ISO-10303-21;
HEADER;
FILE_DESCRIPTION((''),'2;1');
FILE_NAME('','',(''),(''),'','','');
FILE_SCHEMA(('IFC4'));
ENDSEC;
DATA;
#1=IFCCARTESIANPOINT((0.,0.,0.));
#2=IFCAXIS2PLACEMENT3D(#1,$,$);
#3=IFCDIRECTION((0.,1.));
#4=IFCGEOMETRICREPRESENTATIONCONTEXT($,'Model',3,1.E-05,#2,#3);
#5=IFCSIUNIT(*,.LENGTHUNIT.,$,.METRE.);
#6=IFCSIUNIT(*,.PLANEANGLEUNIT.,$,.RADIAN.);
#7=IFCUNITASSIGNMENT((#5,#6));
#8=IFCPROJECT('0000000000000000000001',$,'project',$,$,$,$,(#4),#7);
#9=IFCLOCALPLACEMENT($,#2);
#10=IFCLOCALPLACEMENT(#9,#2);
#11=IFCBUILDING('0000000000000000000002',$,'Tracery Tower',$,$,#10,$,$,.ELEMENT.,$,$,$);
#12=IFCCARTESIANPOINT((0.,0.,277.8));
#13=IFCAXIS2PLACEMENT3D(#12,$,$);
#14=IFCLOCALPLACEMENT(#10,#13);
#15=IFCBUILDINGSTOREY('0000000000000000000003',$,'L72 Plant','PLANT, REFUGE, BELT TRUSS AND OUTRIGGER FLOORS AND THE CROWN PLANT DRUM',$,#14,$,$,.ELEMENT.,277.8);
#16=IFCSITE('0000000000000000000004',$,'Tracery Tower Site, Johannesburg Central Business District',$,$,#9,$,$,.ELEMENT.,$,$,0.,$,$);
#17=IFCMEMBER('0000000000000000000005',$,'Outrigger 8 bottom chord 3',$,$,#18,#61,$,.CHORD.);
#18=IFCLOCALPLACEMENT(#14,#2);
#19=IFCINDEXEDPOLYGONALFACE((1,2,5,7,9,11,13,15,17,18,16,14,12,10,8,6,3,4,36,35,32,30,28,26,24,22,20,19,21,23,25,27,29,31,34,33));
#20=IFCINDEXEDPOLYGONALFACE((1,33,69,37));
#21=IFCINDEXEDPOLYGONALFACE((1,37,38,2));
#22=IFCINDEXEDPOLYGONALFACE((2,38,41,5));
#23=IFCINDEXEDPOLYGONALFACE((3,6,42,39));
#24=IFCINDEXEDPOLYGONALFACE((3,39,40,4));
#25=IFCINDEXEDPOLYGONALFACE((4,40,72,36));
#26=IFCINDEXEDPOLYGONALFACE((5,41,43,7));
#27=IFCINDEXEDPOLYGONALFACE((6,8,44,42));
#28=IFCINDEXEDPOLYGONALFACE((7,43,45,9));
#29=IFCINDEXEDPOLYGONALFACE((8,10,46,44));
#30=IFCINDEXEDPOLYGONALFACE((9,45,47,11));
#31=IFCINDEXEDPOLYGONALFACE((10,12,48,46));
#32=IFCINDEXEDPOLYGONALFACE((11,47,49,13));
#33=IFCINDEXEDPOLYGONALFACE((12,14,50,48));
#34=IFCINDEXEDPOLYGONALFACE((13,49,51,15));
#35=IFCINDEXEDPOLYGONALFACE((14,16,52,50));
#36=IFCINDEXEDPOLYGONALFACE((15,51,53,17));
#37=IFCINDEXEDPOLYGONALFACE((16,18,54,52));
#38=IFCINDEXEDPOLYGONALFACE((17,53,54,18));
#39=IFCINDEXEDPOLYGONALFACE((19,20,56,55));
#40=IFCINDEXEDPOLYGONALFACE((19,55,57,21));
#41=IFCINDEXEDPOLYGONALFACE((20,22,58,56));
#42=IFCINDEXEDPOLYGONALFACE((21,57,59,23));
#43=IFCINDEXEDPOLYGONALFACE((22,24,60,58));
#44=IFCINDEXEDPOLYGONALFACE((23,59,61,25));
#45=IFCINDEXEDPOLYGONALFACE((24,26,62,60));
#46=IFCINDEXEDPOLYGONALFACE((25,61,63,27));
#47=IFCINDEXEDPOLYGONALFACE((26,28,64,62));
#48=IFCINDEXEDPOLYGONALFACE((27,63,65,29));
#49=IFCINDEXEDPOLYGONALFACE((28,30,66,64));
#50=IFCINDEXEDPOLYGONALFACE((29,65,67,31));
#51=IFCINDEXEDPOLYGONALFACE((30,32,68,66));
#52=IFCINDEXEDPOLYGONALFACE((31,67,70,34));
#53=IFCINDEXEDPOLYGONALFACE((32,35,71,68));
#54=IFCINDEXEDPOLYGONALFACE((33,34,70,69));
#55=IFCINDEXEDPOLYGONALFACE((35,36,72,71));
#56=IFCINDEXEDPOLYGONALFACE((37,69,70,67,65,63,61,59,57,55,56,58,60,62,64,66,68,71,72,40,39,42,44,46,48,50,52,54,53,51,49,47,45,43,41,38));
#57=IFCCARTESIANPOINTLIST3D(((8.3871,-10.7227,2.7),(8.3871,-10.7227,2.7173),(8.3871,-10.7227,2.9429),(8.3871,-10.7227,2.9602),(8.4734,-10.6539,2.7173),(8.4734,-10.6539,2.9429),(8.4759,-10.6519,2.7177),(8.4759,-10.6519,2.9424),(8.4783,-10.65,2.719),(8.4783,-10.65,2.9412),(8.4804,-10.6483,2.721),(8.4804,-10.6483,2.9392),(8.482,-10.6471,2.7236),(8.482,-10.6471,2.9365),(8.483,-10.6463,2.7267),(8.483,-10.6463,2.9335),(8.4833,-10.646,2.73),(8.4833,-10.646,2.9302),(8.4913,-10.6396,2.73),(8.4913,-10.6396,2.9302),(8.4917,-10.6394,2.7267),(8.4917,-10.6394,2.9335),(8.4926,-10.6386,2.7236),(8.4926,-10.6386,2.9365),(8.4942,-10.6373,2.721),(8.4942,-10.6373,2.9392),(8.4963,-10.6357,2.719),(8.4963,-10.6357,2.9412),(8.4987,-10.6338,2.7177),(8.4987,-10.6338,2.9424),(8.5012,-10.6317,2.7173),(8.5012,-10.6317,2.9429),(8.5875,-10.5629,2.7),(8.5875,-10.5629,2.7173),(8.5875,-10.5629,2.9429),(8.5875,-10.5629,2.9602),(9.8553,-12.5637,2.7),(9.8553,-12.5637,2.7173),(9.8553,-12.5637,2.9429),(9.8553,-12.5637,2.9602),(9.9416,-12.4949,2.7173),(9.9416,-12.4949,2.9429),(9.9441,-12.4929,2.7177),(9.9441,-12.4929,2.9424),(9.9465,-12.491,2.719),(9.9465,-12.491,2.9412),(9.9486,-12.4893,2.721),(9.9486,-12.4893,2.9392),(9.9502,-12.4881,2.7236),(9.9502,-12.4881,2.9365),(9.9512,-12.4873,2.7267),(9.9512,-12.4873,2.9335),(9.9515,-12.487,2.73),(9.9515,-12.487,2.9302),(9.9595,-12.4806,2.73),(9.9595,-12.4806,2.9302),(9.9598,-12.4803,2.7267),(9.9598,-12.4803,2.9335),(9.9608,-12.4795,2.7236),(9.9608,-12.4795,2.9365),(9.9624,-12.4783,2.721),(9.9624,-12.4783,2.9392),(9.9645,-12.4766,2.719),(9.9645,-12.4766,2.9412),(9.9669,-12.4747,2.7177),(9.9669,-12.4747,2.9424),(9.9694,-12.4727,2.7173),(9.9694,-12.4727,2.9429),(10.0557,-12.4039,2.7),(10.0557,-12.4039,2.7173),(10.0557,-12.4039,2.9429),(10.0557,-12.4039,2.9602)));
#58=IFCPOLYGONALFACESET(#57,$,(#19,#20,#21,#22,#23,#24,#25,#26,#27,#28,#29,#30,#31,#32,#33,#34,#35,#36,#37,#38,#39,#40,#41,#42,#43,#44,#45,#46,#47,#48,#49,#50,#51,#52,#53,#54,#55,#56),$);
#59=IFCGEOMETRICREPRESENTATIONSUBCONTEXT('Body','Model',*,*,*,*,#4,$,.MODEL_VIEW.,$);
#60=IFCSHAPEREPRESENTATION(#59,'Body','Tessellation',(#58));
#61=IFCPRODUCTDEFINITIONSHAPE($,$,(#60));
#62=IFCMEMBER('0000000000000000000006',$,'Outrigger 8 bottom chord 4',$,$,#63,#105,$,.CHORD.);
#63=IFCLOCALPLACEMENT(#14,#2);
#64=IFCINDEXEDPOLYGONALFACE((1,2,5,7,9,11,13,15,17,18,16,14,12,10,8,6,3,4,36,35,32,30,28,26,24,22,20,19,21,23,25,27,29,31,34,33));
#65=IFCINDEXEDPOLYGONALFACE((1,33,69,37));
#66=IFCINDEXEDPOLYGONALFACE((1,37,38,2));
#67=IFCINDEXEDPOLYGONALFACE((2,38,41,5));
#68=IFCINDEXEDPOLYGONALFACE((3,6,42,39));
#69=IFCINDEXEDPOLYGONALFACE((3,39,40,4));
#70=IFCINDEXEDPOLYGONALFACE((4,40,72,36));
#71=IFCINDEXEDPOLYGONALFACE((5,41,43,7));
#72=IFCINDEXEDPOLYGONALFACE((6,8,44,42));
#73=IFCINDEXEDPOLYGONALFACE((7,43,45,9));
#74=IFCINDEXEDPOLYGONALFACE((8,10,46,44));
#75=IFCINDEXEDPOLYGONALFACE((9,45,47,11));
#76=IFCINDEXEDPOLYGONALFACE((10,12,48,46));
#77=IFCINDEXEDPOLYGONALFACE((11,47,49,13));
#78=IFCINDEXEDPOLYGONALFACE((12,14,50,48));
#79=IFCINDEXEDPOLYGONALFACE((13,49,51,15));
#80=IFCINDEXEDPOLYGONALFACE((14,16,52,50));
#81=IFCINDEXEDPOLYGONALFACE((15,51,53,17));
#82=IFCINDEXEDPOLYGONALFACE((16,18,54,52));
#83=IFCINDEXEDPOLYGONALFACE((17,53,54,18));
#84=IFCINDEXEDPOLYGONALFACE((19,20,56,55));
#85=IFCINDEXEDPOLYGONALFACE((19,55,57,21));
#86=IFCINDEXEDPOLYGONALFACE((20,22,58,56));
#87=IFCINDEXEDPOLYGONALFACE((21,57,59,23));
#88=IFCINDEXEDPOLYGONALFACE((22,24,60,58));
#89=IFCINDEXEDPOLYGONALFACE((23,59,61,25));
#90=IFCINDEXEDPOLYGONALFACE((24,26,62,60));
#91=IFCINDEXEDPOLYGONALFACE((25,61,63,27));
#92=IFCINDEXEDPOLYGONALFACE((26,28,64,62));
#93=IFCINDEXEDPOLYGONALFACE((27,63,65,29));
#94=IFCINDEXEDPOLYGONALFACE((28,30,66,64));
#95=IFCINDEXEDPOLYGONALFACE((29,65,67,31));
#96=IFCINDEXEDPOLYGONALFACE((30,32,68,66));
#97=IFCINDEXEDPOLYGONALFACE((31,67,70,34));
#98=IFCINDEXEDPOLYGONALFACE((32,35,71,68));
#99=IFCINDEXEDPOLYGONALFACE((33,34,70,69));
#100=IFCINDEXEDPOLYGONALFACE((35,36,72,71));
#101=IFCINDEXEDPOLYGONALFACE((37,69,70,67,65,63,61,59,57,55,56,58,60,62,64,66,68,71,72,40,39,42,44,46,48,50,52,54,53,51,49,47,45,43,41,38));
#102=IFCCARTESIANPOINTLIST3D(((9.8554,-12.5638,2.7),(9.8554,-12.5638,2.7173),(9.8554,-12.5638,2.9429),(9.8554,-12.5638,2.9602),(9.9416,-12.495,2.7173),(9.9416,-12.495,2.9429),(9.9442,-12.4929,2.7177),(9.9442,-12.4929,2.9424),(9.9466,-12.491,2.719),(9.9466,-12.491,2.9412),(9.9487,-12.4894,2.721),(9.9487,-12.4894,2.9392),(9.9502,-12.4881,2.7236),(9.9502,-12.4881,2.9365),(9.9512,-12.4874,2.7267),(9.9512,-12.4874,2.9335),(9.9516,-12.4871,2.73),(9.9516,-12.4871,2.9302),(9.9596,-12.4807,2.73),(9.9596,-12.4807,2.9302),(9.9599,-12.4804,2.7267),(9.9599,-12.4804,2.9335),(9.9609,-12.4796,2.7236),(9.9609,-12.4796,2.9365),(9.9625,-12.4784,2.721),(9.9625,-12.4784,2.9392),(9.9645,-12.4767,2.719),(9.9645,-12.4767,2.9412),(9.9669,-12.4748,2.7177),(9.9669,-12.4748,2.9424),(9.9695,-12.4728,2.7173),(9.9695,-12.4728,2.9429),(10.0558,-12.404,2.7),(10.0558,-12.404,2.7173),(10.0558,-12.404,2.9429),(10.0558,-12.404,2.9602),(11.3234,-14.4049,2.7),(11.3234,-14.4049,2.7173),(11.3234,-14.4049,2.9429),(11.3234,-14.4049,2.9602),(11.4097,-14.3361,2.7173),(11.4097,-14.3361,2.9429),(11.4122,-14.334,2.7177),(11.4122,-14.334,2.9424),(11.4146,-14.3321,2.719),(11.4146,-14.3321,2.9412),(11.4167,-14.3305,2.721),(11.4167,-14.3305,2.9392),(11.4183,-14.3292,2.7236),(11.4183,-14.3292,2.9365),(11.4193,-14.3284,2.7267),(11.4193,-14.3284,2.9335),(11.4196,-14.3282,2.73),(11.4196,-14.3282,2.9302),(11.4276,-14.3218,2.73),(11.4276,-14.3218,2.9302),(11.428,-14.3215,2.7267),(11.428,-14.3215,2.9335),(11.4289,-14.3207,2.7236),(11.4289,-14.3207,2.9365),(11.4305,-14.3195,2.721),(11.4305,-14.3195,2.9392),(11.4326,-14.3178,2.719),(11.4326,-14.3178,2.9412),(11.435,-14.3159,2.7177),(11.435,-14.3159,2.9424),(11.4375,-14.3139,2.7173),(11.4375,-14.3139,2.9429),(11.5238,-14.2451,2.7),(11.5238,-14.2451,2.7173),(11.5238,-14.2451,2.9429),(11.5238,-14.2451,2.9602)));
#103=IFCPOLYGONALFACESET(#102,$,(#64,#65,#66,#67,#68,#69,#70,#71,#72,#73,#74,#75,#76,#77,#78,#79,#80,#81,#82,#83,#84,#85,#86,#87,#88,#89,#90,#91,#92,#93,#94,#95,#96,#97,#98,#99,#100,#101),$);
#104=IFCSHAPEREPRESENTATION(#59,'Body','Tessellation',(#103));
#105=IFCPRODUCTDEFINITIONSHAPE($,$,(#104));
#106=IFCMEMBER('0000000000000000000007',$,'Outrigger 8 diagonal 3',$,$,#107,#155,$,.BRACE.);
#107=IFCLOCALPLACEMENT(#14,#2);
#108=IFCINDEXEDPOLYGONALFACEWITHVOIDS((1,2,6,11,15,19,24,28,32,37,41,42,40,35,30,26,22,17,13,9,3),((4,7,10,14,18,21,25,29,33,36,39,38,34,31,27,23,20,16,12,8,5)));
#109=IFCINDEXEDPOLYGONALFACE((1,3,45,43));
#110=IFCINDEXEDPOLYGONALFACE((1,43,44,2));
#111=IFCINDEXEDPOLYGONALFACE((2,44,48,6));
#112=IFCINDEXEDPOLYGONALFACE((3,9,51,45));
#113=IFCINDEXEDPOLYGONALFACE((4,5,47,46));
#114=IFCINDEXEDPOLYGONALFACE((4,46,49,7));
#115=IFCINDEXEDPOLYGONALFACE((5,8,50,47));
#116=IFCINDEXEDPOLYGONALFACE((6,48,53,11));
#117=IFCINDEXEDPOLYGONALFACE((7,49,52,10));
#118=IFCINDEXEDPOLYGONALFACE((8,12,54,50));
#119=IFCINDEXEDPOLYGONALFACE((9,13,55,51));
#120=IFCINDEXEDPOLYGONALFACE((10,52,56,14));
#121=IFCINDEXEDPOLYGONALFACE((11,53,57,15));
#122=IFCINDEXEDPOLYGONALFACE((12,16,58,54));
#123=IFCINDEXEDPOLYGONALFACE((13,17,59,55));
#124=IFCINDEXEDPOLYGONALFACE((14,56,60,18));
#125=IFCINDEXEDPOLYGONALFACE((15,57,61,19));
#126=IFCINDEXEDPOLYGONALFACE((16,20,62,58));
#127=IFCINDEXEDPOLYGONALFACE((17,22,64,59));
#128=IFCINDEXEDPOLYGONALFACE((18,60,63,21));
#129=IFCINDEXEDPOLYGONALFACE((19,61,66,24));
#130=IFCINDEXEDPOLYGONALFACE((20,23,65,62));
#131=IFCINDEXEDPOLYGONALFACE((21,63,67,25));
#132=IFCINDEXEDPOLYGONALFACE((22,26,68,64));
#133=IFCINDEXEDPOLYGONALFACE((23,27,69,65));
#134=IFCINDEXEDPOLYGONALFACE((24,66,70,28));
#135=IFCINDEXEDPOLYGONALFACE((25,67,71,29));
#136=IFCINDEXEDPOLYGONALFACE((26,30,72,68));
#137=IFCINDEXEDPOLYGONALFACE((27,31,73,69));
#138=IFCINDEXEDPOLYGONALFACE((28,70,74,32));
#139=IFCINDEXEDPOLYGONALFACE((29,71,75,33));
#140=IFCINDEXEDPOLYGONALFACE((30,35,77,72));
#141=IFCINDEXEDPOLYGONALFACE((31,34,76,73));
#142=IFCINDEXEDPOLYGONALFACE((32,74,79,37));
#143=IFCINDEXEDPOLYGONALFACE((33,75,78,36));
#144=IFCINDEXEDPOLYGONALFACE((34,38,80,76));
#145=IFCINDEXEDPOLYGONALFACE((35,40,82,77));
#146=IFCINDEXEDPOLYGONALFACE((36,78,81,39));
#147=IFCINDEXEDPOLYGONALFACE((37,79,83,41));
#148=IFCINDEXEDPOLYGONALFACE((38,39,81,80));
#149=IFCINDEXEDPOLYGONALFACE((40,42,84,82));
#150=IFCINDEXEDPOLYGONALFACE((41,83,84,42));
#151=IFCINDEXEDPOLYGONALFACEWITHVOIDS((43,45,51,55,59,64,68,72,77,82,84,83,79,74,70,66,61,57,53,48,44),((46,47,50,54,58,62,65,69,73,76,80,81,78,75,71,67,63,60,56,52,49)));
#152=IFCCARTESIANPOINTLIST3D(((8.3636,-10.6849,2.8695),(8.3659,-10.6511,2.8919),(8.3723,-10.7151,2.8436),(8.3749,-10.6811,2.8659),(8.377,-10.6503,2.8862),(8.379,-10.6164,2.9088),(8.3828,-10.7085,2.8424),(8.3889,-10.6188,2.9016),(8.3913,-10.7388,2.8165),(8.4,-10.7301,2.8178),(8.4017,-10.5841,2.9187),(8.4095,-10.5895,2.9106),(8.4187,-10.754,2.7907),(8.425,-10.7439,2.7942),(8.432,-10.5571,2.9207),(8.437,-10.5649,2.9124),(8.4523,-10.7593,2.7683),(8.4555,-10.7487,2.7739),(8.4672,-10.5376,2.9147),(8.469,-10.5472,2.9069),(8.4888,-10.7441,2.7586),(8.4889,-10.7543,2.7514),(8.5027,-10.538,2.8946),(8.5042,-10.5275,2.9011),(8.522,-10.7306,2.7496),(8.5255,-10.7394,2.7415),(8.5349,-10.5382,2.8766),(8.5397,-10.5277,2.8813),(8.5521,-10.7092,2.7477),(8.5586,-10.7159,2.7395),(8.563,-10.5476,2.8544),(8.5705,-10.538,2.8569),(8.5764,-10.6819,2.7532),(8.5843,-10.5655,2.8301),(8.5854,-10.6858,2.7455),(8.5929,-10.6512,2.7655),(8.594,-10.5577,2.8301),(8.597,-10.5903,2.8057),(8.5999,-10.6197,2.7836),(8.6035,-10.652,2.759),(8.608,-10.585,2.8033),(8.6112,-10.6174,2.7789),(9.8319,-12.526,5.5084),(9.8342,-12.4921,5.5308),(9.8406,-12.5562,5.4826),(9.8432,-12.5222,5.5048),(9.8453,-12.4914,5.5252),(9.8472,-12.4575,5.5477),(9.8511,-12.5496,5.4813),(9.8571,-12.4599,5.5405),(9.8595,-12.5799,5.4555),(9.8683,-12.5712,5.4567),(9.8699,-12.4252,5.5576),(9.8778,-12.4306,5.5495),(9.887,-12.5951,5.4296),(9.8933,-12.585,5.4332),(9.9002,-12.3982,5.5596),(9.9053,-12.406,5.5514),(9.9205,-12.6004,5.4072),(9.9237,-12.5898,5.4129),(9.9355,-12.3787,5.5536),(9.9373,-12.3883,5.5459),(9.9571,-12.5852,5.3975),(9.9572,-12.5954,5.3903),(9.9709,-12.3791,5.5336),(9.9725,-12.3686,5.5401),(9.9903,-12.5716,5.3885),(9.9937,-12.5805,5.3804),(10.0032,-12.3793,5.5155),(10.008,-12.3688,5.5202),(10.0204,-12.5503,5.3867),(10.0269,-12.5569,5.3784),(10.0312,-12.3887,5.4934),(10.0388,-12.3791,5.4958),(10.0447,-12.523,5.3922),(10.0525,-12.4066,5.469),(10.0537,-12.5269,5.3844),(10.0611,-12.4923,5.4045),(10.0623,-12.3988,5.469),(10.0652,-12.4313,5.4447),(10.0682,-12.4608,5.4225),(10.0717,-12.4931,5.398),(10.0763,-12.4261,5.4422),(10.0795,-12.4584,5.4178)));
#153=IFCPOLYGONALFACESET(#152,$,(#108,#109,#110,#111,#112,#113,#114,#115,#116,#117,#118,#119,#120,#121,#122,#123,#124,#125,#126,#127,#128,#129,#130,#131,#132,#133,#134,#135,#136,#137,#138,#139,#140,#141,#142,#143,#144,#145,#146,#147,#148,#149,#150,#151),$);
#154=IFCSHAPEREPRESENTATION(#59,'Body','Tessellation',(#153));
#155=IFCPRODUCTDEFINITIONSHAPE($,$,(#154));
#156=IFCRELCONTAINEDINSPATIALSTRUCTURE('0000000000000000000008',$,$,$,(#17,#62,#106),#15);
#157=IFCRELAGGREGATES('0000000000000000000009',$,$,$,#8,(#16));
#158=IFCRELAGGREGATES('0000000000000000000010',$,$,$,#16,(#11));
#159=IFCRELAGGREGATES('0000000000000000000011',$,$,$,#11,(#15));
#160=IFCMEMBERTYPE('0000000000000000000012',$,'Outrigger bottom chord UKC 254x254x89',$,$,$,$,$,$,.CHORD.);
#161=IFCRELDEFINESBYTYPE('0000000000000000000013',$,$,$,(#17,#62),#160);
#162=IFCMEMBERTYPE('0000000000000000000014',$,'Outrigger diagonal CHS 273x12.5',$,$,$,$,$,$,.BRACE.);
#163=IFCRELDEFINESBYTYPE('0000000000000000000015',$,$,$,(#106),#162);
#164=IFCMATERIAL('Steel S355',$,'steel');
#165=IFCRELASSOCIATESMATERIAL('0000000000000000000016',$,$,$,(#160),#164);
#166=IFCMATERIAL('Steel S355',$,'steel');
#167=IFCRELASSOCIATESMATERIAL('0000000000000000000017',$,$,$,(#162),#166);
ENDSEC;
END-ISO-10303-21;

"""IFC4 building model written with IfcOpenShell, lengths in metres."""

from ifc_helpers import new_model, si_unit, direction, frame, origin, origin_2d, place, context, subcontext, project, spatial, hollow_circle, i_section, extrude, material, material_profile, profile_set, type_object, element, save


model = new_model("IFC4")

# Units and contexts
model_context = context("Model", 3, precision=1e-05, world=origin(), true_north=direction((0.0, 1.0)))
body_context = subcontext(model_context, "Body", "Model", "MODEL_VIEW")
ifc_project = project(units=[si_unit("LENGTHUNIT", "METRE"), si_unit("PLANEANGLEUNIT", "RADIAN")], contexts=[model_context])

# Site, building, storey
site_placement = place(None, origin())
site = spatial("IfcSite", under=ifc_project, at=site_placement, Name="Tracery Tower Site, Johannesburg Central Business District", CompositionType="ELEMENT", RefElevation=0.0)
building_placement = place(site_placement, origin())
building = spatial("IfcBuilding", under=site, at=building_placement, Name="Tracery Tower", CompositionType="ELEMENT")
storey_placement = place(building_placement, frame((0.0, 0.0, 277.8)))
storey = spatial("IfcBuildingStorey", under=building, at=storey_placement, Name="L72 Plant", Description="PLANT, REFUGE, BELT TRUSS AND OUTRIGGER FLOORS AND THE CROWN PLANT DRUM", CompositionType="ELEMENT", Elevation=277.8)

# Members
ifc_material_1 = material(Name="Steel S355", Category="steel")
ifc_material_profile_1 = material_profile(ifc_material_1, i_section(OverallWidth=0.2563, OverallDepth=0.2603, WebThickness=0.0103, FlangeThickness=0.0173, FilletRadius=0.0127, at=origin_2d()), Name="UKC 254x254x89")
ifc_profile_set_1 = profile_set([ifc_material_profile_1], Name="Steel S355")
member_type_1 = type_object("IfcMemberType", Name="Outrigger bottom chord UKC 254x254x89", PredefinedType="CHORD", material=ifc_profile_set_1)
for number, where, z_axis, x_axis, name in (
    (1, (8.4873, -10.6428, 2.8301), (0.623506, -0.781819, 0.0), (0.781819, 0.623506, 0.0), "Outrigger 8 bottom chord 3"),
    (2, (9.9556, -12.4839, 2.8301), (0.623442, -0.781869, 0.0), (0.781869, 0.623442, 0.0), "Outrigger 8 bottom chord 4"),
):
    element("IfcMember", number, at=place(storey_placement, frame(where, z_axis=z_axis, x_axis=x_axis)), inside=storey, type_object=member_type_1, Name=name, PredefinedType="CHORD", context=body_context, shape_type="SweptSolid", body=[
        extrude(i_section(OverallWidth=0.2563, OverallDepth=0.2603, WebThickness=0.0103, FlangeThickness=0.0173, FilletRadius=0.0127, at=origin_2d()), origin(), (0.0, 0.0, 1.0), 2.3547),
    ])
ifc_material_2 = material(Name="Steel S355", Category="steel")
ifc_material_profile_2 = material_profile(ifc_material_2, hollow_circle(Radius=0.1365, WallThickness=0.0125, at=origin_2d()), Name="CHS 273x12.5")
ifc_profile_set_2 = profile_set([ifc_material_profile_2], Name="Steel S355")
member_type_2 = type_object("IfcMemberType", Name="Outrigger diagonal CHS 273x12.5", PredefinedType="BRACE", material=ifc_profile_set_2)
member_1_placement = place(storey_placement, frame((8.4873, -10.6428, 2.8301), z_axis=(0.415135, -0.52054, 0.746124), x_axis=(0.781819, 0.623506, 0.0)))
element("IfcMember", 3, at=member_1_placement, inside=storey, type_object=member_type_2, Name="Outrigger 8 diagonal 3", PredefinedType="BRACE", context=body_context, shape_type="SweptSolid", body=[
    extrude(hollow_circle(Radius=0.1365, WallThickness=0.0125, at=origin_2d()), origin(), (0.0, 0.0, 1.0), 3.5369),
])

save(model, "model.ifc")
